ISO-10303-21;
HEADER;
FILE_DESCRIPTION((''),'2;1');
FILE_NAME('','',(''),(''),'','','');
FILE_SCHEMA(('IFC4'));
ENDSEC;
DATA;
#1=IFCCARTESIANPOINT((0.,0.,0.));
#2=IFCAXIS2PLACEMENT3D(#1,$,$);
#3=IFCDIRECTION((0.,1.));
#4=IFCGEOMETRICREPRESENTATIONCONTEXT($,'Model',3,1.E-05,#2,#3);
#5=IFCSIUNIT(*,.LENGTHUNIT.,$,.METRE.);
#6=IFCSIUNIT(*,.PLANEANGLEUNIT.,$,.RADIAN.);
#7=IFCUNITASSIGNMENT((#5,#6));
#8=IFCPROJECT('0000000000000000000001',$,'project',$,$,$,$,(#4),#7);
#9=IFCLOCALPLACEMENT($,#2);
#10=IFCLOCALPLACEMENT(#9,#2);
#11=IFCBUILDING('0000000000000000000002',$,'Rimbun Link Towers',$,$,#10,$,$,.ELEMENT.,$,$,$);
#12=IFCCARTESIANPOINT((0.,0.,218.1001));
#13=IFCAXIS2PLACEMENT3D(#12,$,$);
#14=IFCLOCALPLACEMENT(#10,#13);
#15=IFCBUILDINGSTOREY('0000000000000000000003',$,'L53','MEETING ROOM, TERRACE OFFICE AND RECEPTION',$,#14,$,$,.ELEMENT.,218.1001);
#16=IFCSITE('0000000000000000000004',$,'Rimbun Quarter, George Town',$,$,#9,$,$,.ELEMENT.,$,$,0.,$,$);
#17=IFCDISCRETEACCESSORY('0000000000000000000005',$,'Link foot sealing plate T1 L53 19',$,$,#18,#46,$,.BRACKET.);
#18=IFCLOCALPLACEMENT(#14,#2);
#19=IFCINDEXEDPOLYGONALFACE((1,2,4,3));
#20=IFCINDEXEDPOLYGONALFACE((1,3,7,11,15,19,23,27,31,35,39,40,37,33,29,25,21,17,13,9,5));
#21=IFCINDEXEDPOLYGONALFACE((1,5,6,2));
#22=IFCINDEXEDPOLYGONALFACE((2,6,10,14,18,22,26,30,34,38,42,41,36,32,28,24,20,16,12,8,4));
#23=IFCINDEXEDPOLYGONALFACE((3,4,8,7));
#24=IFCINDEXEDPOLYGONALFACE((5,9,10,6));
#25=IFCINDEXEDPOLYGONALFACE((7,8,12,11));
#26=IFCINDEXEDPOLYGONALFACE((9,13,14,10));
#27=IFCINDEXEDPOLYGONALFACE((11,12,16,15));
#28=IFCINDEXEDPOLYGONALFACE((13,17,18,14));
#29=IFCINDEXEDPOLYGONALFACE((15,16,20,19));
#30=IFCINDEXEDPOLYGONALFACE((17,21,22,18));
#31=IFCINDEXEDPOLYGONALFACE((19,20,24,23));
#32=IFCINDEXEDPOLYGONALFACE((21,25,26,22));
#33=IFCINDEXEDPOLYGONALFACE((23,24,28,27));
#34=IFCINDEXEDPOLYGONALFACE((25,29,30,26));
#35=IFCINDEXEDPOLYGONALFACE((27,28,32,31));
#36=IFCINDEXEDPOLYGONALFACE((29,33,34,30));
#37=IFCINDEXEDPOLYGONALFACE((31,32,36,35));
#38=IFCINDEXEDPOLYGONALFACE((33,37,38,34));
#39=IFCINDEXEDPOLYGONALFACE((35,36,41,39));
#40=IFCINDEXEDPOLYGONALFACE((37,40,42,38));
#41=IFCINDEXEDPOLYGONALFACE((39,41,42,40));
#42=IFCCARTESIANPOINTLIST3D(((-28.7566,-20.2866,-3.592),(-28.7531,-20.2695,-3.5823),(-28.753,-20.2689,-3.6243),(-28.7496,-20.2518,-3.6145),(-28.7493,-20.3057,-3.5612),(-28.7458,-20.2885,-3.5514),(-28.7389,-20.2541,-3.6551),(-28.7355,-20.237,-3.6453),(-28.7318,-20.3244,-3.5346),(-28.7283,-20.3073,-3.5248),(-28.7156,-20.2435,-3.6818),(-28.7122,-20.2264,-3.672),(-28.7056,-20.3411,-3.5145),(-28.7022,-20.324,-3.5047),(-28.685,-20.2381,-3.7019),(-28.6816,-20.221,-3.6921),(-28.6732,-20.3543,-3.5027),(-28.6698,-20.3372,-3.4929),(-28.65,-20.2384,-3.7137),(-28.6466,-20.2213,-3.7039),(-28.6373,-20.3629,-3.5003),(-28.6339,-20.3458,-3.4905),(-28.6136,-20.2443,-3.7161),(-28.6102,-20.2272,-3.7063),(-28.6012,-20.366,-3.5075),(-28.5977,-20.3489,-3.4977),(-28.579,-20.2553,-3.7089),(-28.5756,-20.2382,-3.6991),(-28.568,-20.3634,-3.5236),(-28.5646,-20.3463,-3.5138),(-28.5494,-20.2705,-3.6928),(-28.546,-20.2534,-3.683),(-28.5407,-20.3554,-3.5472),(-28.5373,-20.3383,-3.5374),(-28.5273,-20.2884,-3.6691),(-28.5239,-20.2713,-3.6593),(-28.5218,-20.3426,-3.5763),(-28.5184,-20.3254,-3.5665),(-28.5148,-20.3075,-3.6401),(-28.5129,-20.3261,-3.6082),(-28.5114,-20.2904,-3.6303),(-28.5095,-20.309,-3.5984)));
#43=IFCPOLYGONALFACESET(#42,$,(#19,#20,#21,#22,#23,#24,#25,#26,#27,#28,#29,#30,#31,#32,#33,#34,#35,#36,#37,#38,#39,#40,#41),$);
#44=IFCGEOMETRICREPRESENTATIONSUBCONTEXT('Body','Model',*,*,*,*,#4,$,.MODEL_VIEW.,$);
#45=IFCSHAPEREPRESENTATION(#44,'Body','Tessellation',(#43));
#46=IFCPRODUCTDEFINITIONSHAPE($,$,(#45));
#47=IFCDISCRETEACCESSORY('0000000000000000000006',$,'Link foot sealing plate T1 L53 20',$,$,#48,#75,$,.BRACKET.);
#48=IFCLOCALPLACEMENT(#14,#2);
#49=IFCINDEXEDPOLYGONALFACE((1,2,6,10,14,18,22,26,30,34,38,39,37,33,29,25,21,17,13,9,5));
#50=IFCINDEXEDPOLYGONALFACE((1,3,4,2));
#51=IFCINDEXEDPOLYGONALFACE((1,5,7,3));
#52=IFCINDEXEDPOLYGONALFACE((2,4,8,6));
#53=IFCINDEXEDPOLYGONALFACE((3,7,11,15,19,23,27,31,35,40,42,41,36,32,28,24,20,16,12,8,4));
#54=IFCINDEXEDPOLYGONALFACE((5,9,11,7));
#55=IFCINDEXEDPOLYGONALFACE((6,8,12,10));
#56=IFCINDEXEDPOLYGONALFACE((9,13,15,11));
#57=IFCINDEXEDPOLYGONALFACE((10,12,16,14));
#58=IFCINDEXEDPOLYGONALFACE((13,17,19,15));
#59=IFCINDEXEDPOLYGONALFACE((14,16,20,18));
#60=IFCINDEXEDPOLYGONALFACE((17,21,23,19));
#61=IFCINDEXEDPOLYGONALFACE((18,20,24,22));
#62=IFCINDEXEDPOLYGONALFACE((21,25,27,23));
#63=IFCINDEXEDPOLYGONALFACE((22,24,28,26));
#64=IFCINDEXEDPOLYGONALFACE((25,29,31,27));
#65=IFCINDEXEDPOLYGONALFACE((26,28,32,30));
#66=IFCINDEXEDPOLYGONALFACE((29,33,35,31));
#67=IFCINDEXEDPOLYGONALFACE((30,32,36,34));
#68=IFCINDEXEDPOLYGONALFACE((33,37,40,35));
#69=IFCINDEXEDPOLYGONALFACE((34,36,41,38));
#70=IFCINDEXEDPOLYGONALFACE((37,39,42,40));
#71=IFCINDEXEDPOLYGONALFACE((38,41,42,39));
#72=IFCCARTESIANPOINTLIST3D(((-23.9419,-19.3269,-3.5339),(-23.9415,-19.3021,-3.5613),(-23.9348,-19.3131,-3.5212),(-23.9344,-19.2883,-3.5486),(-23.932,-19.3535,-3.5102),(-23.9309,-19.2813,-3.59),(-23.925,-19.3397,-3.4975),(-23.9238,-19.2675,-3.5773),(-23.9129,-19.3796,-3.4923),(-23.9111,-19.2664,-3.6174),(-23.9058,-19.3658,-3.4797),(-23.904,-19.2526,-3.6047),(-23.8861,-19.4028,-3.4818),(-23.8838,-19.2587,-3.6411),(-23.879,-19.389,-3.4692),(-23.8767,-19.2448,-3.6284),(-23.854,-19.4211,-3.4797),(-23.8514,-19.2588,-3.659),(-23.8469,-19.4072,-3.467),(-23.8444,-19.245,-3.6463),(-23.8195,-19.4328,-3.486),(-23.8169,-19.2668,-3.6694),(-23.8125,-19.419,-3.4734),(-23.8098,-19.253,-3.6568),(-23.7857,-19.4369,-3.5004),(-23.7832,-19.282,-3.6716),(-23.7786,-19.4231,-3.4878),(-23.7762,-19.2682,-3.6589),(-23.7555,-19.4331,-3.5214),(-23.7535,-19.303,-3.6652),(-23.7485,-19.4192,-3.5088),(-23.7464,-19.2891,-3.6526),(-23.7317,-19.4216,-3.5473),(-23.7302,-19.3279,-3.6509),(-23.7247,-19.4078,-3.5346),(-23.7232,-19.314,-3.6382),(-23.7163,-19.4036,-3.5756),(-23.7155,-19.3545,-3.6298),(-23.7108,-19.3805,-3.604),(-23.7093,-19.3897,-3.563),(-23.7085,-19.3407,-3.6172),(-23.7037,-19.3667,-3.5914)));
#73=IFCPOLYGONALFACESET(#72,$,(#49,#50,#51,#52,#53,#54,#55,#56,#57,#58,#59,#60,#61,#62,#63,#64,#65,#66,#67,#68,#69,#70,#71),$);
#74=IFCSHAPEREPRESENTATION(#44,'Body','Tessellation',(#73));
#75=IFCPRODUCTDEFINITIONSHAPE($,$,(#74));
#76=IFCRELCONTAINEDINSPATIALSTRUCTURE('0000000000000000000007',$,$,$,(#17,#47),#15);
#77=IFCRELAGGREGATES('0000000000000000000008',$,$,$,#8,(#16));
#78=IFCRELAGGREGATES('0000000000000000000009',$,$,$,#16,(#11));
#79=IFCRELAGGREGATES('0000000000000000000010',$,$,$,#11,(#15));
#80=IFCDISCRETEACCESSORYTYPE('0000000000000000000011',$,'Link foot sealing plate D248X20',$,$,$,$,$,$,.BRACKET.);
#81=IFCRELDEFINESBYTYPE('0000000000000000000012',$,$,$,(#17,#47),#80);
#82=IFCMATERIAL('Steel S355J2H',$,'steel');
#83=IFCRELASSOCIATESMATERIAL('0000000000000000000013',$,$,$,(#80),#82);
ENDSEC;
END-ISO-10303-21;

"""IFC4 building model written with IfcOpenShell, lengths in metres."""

from ifc_helpers import new_model, si_unit, direction, frame, origin, origin_2d, place, context, subcontext, project, spatial, circle, extrude, material, material_profile, profile_set, type_object, element, save


model = new_model("IFC4")

# Units and contexts
model_context = context("Model", 3, precision=1e-05, world=origin(), true_north=direction((0.0, 1.0)))
body_context = subcontext(model_context, "Body", "Model", "MODEL_VIEW")
ifc_project = project(units=[si_unit("LENGTHUNIT", "METRE"), si_unit("PLANEANGLEUNIT", "RADIAN")], contexts=[model_context])

# Site, building, storey
site_placement = place(None, origin())
site = spatial("IfcSite", under=ifc_project, at=site_placement, Name="Rimbun Quarter, George Town", CompositionType="ELEMENT", RefElevation=0.0)
building_placement = place(site_placement, origin())
building = spatial("IfcBuilding", under=site, at=building_placement, Name="Rimbun Link Towers", CompositionType="ELEMENT")
storey_placement = place(building_placement, frame((0.0, 0.0, 218.1001)))
storey = spatial("IfcBuildingStorey", under=building, at=storey_placement, Name="L53", Description="MEETING ROOM, TERRACE OFFICE AND RECEPTION", CompositionType="ELEMENT", Elevation=218.1001)

# Discrete accessories
ifc_material_1 = material(Name="Steel S355J2H", Category="steel")
ifc_material_profile_1 = material_profile(ifc_material_1, circle(Radius=0.124, at=origin_2d()), Name="PL D248")
ifc_profile_set_1 = profile_set([ifc_material_profile_1], Name="Steel S355J2H")
discrete_accessory_type = type_object("IfcDiscreteAccessoryType", Name="Link foot sealing plate D248X20", PredefinedType="BRACKET", material=ifc_profile_set_1)
for number, where, z_axis, x_axis, name in (
    (1, (-28.6311, -20.2847, -3.5984), (-0.171088, -0.855442, -0.488824), (0.980581, -0.196116, 0.0), "Link foot sealing plate T1 L53 19"),
    (2, (-23.8198, -19.3335, -3.563), (-0.351832, -0.691532, -0.630871), (0.891278, -0.453457, 0.0), "Link foot sealing plate T1 L53 20"),
):
    element("IfcDiscreteAccessory", number, at=place(storey_placement, frame(where, z_axis=z_axis, x_axis=x_axis)), inside=storey, type_object=discrete_accessory_type, Name=name, PredefinedType="BRACKET", context=body_context, shape_type="SweptSolid", body=[
        extrude(circle(Radius=0.124, at=origin_2d()), origin(), (0.0, 0.0, 1.0), 0.02),
    ])

save(model, "model.ifc")
